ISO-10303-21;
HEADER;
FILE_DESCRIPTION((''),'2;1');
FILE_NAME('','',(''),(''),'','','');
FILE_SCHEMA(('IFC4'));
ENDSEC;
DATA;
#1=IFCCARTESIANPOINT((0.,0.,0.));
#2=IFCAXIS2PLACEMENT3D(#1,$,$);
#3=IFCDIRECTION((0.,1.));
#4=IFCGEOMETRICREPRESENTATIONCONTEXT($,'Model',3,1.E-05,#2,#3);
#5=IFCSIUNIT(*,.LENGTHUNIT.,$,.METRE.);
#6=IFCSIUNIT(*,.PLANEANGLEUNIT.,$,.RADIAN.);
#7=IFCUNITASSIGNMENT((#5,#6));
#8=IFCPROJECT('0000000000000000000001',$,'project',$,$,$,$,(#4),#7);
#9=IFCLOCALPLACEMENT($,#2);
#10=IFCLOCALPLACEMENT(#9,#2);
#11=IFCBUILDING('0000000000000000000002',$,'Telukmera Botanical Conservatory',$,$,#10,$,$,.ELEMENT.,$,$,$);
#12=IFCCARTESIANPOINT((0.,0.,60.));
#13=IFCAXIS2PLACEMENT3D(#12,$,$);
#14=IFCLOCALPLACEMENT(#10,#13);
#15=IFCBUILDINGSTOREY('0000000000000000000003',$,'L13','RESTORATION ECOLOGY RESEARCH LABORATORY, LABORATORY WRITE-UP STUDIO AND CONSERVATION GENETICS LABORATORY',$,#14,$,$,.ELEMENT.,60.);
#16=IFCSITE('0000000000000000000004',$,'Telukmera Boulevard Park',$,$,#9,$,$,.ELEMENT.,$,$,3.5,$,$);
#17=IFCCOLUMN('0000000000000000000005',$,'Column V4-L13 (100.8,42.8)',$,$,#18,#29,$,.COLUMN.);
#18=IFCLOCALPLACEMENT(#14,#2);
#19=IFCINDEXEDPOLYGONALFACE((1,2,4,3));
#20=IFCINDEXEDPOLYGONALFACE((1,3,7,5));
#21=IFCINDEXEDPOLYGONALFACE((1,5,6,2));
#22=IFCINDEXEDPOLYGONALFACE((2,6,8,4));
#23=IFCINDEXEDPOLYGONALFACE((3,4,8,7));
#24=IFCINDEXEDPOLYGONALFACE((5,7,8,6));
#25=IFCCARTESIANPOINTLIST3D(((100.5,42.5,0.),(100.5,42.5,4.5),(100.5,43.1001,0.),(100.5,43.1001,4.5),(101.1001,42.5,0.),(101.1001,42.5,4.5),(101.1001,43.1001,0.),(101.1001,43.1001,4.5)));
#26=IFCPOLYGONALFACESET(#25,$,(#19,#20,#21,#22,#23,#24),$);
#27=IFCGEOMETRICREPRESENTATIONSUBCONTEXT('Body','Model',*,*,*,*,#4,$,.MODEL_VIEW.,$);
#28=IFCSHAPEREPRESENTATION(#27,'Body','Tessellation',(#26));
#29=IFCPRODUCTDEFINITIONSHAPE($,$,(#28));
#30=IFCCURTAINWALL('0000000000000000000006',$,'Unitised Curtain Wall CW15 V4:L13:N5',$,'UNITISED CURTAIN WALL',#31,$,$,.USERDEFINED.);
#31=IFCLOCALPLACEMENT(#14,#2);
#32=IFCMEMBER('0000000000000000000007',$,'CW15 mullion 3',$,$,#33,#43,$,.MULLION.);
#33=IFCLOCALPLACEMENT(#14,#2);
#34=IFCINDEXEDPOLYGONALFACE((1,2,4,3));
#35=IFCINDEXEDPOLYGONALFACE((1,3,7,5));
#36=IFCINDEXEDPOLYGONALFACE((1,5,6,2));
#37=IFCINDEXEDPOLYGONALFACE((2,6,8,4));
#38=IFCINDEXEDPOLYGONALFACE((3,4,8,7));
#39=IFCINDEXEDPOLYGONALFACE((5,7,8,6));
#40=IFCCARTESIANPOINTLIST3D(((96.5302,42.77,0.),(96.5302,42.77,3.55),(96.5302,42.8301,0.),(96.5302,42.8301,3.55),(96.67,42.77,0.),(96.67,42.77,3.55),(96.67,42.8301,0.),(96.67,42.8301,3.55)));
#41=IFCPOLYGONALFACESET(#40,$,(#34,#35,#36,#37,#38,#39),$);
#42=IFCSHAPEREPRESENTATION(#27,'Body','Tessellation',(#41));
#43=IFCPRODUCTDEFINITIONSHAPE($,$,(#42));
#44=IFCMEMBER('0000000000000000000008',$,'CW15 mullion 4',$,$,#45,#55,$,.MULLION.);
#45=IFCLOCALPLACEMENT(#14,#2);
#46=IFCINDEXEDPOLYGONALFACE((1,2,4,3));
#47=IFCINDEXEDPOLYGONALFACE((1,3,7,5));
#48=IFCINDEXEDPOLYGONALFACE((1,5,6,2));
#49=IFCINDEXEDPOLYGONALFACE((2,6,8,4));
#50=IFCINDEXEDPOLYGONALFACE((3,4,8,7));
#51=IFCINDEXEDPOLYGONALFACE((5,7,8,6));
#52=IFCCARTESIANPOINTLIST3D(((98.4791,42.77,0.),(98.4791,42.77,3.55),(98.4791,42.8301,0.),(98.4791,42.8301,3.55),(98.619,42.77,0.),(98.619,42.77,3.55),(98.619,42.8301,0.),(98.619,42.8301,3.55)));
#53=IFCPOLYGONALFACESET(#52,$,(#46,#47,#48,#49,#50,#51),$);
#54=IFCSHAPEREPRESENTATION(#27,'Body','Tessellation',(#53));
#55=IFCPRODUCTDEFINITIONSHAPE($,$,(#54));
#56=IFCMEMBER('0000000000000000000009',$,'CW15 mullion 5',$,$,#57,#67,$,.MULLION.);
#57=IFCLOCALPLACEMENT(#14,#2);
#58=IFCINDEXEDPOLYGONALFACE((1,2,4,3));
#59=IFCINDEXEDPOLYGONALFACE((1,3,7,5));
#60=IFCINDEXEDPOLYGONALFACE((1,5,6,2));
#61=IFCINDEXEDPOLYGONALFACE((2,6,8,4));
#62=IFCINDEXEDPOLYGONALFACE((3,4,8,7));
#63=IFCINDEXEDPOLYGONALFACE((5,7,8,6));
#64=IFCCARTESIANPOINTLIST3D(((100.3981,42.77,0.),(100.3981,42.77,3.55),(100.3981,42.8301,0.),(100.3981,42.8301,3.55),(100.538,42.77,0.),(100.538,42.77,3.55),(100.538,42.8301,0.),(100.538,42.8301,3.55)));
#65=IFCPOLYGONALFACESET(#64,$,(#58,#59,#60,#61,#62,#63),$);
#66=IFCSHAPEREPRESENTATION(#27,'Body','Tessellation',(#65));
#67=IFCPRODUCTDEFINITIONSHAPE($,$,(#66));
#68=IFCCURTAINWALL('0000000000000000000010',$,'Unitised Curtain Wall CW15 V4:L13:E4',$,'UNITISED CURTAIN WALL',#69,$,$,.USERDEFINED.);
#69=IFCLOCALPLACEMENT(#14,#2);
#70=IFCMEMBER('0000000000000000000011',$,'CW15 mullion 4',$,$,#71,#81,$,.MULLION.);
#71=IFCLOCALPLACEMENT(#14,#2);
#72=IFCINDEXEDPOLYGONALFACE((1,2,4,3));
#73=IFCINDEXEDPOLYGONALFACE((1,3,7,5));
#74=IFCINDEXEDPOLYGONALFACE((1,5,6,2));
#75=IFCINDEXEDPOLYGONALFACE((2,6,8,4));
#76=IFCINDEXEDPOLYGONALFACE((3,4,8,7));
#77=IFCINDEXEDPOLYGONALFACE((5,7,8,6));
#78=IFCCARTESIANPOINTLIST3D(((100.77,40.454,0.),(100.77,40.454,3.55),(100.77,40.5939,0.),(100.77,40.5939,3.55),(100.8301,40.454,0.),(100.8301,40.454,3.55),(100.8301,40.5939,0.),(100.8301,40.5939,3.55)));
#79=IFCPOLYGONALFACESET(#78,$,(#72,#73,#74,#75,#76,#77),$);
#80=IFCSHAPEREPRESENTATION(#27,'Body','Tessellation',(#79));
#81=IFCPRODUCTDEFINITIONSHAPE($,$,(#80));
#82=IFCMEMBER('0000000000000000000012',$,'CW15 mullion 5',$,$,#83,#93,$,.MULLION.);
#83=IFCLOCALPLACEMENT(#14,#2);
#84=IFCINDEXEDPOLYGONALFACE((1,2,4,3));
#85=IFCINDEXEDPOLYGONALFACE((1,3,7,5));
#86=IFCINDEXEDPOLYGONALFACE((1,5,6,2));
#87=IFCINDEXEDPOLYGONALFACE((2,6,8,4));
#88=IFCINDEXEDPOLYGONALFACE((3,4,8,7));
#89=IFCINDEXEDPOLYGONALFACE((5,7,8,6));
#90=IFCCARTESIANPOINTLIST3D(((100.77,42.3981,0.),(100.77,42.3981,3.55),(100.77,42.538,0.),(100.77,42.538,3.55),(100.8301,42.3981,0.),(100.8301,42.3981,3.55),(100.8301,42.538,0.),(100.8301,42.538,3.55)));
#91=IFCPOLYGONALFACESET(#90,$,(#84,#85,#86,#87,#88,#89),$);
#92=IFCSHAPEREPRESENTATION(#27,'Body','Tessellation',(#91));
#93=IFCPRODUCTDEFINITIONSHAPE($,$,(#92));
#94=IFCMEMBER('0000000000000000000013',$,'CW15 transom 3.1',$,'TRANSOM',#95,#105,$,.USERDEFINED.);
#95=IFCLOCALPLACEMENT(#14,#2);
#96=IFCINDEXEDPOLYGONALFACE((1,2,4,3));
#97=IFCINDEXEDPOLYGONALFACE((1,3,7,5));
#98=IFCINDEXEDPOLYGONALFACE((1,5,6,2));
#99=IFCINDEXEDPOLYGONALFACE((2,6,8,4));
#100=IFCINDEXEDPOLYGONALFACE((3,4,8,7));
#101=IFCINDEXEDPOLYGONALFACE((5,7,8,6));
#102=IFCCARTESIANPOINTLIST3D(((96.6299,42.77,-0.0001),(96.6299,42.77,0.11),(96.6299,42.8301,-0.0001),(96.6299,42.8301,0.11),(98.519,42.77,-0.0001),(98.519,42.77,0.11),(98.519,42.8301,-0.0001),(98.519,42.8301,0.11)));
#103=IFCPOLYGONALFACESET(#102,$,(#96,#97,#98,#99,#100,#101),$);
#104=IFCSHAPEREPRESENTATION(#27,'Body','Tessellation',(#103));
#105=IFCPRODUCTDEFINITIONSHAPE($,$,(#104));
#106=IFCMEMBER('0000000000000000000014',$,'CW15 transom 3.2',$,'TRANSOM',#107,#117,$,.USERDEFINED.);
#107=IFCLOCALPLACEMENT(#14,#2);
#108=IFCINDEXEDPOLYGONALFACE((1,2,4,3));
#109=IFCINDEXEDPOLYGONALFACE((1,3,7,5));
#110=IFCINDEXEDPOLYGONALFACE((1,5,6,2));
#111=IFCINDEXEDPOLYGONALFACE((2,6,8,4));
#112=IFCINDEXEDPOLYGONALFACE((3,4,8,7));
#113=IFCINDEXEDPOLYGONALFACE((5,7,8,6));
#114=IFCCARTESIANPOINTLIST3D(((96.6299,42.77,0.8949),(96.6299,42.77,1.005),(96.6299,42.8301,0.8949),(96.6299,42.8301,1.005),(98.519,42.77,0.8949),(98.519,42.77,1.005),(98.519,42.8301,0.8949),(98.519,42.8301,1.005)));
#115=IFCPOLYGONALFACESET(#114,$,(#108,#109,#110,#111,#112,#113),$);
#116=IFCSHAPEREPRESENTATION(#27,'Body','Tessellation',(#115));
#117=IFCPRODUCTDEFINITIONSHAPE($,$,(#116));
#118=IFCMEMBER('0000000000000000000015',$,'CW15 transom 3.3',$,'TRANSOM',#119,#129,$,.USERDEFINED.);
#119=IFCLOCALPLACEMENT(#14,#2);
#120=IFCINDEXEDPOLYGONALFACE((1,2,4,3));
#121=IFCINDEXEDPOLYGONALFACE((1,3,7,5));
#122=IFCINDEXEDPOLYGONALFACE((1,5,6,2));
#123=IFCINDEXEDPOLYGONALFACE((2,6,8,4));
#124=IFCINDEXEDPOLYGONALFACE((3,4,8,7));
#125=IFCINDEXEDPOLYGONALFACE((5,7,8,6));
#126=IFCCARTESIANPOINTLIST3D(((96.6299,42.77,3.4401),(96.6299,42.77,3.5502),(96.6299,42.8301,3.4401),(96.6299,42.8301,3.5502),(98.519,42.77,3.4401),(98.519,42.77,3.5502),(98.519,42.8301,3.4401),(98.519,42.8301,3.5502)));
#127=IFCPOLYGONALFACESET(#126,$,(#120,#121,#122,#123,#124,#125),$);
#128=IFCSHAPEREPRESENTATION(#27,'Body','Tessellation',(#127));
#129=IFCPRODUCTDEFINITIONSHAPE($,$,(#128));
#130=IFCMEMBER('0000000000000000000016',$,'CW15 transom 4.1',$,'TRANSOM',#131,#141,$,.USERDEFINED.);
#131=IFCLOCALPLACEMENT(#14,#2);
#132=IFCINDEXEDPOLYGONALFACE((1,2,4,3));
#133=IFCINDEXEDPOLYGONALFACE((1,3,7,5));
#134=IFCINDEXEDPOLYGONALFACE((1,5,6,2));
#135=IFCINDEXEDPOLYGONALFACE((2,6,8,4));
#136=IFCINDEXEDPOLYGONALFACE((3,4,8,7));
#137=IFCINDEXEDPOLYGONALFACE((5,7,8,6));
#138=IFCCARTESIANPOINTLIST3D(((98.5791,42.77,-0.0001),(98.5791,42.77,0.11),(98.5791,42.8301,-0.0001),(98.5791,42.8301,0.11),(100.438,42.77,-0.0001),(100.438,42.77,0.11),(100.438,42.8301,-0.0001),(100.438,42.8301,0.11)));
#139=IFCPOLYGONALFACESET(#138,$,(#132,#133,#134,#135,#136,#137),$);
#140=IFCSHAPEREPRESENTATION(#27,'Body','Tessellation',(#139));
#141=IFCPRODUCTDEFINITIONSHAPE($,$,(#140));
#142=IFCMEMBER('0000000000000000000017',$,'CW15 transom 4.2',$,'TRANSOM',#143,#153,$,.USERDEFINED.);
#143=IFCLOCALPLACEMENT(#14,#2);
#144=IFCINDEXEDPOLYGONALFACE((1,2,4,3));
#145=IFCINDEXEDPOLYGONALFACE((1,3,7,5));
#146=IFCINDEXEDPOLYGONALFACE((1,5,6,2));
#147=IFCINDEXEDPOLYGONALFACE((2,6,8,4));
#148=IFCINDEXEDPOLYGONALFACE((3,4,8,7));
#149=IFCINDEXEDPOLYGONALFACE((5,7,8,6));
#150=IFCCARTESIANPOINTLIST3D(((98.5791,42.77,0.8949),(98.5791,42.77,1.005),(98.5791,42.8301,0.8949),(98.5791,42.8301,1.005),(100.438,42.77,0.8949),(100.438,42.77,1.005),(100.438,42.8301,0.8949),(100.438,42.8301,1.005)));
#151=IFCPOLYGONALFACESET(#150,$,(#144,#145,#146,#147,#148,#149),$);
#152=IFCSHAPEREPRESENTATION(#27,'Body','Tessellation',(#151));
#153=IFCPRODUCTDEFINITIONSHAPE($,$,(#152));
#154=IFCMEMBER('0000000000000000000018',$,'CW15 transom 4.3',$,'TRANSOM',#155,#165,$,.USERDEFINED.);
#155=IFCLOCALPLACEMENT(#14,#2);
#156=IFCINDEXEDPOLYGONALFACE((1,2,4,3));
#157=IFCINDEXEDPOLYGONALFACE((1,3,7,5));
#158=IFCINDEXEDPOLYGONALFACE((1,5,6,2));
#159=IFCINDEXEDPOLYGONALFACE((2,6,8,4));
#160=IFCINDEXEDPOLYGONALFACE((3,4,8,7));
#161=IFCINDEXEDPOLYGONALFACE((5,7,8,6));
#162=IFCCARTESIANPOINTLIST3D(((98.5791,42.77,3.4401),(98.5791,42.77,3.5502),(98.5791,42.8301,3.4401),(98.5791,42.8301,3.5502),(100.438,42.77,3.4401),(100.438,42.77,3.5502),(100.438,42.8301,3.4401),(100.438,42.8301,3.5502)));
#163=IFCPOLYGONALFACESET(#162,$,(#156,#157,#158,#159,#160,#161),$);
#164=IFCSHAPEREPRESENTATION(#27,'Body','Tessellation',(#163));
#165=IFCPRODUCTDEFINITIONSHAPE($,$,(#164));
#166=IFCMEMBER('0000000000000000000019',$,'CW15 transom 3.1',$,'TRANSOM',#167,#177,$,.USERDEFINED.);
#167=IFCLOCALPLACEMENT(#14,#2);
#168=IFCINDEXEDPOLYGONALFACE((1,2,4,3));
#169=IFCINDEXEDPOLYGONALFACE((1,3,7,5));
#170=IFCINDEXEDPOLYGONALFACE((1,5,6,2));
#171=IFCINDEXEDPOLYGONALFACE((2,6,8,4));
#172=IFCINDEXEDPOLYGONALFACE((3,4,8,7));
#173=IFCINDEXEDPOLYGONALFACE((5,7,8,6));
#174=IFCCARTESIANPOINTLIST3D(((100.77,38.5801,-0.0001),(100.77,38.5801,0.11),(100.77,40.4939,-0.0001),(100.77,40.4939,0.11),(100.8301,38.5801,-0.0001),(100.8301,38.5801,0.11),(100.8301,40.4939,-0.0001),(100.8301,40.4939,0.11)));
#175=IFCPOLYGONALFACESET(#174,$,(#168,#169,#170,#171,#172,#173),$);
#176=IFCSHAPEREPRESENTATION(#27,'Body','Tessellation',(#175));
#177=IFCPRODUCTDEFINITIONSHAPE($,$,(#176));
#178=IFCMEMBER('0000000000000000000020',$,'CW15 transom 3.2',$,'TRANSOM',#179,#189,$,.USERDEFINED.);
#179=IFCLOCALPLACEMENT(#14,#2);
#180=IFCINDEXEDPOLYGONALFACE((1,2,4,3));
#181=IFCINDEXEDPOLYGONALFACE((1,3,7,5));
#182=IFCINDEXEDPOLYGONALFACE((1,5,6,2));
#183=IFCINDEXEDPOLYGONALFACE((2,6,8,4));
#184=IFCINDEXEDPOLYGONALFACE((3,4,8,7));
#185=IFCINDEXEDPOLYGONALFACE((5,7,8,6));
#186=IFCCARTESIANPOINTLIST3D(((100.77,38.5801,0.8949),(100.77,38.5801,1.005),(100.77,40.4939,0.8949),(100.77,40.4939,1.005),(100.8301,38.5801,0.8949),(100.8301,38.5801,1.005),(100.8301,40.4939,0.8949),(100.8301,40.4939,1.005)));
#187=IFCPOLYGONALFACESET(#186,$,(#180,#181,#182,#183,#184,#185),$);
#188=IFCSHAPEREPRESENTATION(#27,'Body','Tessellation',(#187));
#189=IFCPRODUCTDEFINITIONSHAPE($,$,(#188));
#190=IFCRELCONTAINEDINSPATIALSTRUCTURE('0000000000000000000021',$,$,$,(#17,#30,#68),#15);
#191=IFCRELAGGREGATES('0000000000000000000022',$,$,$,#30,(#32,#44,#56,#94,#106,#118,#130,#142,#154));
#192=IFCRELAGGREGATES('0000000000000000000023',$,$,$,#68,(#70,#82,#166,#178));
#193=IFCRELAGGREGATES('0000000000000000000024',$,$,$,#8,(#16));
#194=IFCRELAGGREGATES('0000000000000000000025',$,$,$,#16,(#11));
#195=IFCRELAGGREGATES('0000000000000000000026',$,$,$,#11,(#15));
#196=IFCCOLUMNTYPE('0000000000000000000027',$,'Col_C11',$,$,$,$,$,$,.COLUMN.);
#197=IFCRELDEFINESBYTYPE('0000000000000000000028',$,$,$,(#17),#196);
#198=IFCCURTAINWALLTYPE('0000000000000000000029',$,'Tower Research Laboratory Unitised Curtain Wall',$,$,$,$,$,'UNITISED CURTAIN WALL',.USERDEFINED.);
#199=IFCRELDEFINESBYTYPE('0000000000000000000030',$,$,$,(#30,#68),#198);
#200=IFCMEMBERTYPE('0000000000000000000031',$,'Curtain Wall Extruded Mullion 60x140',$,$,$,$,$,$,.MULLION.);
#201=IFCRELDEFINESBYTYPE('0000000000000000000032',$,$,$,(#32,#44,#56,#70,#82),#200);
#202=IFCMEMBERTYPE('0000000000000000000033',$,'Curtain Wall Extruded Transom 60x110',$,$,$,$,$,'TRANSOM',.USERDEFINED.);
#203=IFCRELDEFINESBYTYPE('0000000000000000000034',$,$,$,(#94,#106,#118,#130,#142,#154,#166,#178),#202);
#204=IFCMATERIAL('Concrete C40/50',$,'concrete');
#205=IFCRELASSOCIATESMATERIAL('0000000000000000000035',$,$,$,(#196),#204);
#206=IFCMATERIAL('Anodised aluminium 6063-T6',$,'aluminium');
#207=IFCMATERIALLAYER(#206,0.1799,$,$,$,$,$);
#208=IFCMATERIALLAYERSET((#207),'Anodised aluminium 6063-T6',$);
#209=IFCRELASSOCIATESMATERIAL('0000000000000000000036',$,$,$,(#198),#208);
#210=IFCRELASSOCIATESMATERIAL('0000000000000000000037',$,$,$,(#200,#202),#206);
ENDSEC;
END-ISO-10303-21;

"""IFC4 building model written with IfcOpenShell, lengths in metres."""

from ifc_helpers import new_model, si_unit, direction, frame, origin, origin_2d, place, context, subcontext, project, spatial, rectangle, extrude, material, layer, layer_set, material_profile, profile_set, type_object, element, aggregate, save


model = new_model("IFC4")

# Units and contexts
model_context = context("Model", 3, precision=1e-05, world=origin(), true_north=direction((0.0, 1.0)))
body_context = subcontext(model_context, "Body", "Model", "MODEL_VIEW")
ifc_project = project(units=[si_unit("LENGTHUNIT", "METRE"), si_unit("PLANEANGLEUNIT", "RADIAN")], contexts=[model_context])

# Site, building, storey
site_placement = place(None, origin())
site = spatial("IfcSite", under=ifc_project, at=site_placement, Name="Telukmera Boulevard Park", CompositionType="ELEMENT", RefElevation=3.5)
building_placement = place(site_placement, origin())
building = spatial("IfcBuilding", under=site, at=building_placement, Name="Telukmera Botanical Conservatory", CompositionType="ELEMENT")
storey_placement = place(building_placement, frame((0.0, 0.0, 60.0)))
storey = spatial("IfcBuildingStorey", under=building, at=storey_placement, Name="L13", Description="RESTORATION ECOLOGY RESEARCH LABORATORY, LABORATORY WRITE-UP STUDIO AND CONSERVATION GENETICS LABORATORY", CompositionType="ELEMENT", Elevation=60.0)

# Column
ifc_material_1 = material(Name="Concrete C40/50", Category="concrete")
ifc_material_profile_1 = material_profile(ifc_material_1, rectangle(XDim=0.6001, YDim=0.6001, at=origin_2d()), Name="RC 600x600")
ifc_profile_set_1 = profile_set([ifc_material_profile_1], Name="Concrete C40/50")
column_type = type_object("IfcColumnType", Name="Col_C11", PredefinedType="COLUMN", material=ifc_profile_set_1)
column_placement = place(storey_placement, frame((100.8, 42.8, 0.0), z_axis=(0.0, 0.0, 1.0), x_axis=(1.0, 0.0, 0.0)))
element("IfcColumn", 1, at=column_placement, inside=storey, type_object=column_type, Name="Column V4-L13 (100.8,42.8)", PredefinedType="COLUMN", context=body_context, shape_type="SweptSolid", body=[
    extrude(rectangle(XDim=0.6001, YDim=0.6001, at=origin_2d()), origin(), (0.0, 0.0, 1.0), 4.5),
])

# Curtain walls, members
ifc_material_2 = material(Name="Anodised aluminium 6063-T6", Category="aluminium")
ifc_layer_1 = layer(ifc_material_2, 0.1799)
ifc_layer_set_1 = layer_set([ifc_layer_1], Name="Anodised aluminium 6063-T6")
curtain_wall_type = type_object("IfcCurtainWallType", Name="Tower Research Laboratory Unitised Curtain Wall", ElementType="UNITISED CURTAIN WALL", PredefinedType="USERDEFINED", material=ifc_layer_set_1)
curtain_wall_1_placement = place(storey_placement, origin())
curtain_wall_1 = element("IfcCurtainWall", 2, at=curtain_wall_1_placement, inside=storey, type_object=curtain_wall_type, Name="Unitised Curtain Wall CW15 V4:L13:N5", ObjectType="UNITISED CURTAIN WALL", PredefinedType="USERDEFINED")
ifc_material_profile_2 = material_profile(ifc_material_2, rectangle(XDim=0.0601, YDim=0.1399, at=origin_2d()), Name="ALU MULL 60x140")
ifc_profile_set_2 = profile_set([ifc_material_profile_2], Name="Anodised aluminium 6063-T6")
member_type_1 = type_object("IfcMemberType", Name="Curtain Wall Extruded Mullion 60x140", PredefinedType="MULLION", material=ifc_profile_set_2)
member_1_placement = place(storey_placement, frame((96.6001, 42.8, 0.0), z_axis=(0.0, 0.0, 1.0), x_axis=(0.0, 1.0, 0.0)))
member_1 = element("IfcMember", 3, at=member_1_placement, type_object=member_type_1, Name="CW15 mullion 3", PredefinedType="MULLION", context=body_context, shape_type="SweptSolid", body=[
    extrude(rectangle(XDim=0.0601, YDim=0.1399, at=origin_2d()), origin(), (0.0, 0.0, 1.0), 3.55),
])
member_2_placement = place(storey_placement, frame((98.5491, 42.8, 0.0), z_axis=(0.0, 0.0, 1.0), x_axis=(0.0, 1.0, 0.0)))
member_2 = element("IfcMember", 4, at=member_2_placement, type_object=member_type_1, Name="CW15 mullion 4", PredefinedType="MULLION", context=body_context, shape_type="SweptSolid", body=[
    extrude(rectangle(XDim=0.0601, YDim=0.1399, at=origin_2d()), origin(), (0.0, 0.0, 1.0), 3.55),
])
member_3_placement = place(storey_placement, frame((100.468, 42.8, 0.0), z_axis=(0.0, 0.0, 1.0), x_axis=(0.0, 1.0, 0.0)))
member_3 = element("IfcMember", 5, at=member_3_placement, type_object=member_type_1, Name="CW15 mullion 5", PredefinedType="MULLION", context=body_context, shape_type="SweptSolid", body=[
    extrude(rectangle(XDim=0.0601, YDim=0.1399, at=origin_2d()), origin(), (0.0, 0.0, 1.0), 3.55),
])
curtain_wall_2_placement = place(storey_placement, origin())
curtain_wall_2 = element("IfcCurtainWall", 6, at=curtain_wall_2_placement, inside=storey, type_object=curtain_wall_type, Name="Unitised Curtain Wall CW15 V4:L13:E4", ObjectType="UNITISED CURTAIN WALL", PredefinedType="USERDEFINED")
member_4_placement = place(storey_placement, frame((100.8, 40.5239, 0.0), z_axis=(0.0, 0.0, 1.0), x_axis=(-1.0, 0.0, 0.0)))
member_4 = element("IfcMember", 7, at=member_4_placement, type_object=member_type_1, Name="CW15 mullion 4", PredefinedType="MULLION", context=body_context, shape_type="SweptSolid", body=[
    extrude(rectangle(XDim=0.0601, YDim=0.1399, at=origin_2d()), origin(), (0.0, 0.0, 1.0), 3.55),
])
member_5_placement = place(storey_placement, frame((100.8, 42.468, 0.0), z_axis=(0.0, 0.0, 1.0), x_axis=(-1.0, 0.0, 0.0)))
member_5 = element("IfcMember", 8, at=member_5_placement, type_object=member_type_1, Name="CW15 mullion 5", PredefinedType="MULLION", context=body_context, shape_type="SweptSolid", body=[
    extrude(rectangle(XDim=0.0601, YDim=0.1399, at=origin_2d()), origin(), (0.0, 0.0, 1.0), 3.55),
])

# Members
ifc_material_profile_3 = material_profile(ifc_material_2, rectangle(XDim=0.0601, YDim=0.1101, at=origin_2d()), Name="ALU TRAN 60x110")
ifc_profile_set_3 = profile_set([ifc_material_profile_3], Name="Anodised aluminium 6063-T6")
member_type_2 = type_object("IfcMemberType", Name="Curtain Wall Extruded Transom 60x110", ElementType="TRANSOM", PredefinedType="USERDEFINED", material=ifc_profile_set_3)
member_6_placement = place(storey_placement, frame((96.6299, 42.8, 0.0549), z_axis=(1.0, 0.0, 0.0), x_axis=(0.0, 1.0, 0.0)))
member_6 = element("IfcMember", 9, at=member_6_placement, type_object=member_type_2, Name="CW15 transom 3.1", ObjectType="TRANSOM", PredefinedType="USERDEFINED", context=body_context, shape_type="SweptSolid", body=[
    extrude(rectangle(XDim=0.0601, YDim=0.1101, at=origin_2d()), origin(), (0.0, 0.0, 1.0), 1.8892),
])
member_7_placement = place(storey_placement, frame((96.6299, 42.8, 0.95), z_axis=(1.0, 0.0, 0.0), x_axis=(0.0, 1.0, 0.0)))
member_7 = element("IfcMember", 10, at=member_7_placement, type_object=member_type_2, Name="CW15 transom 3.2", ObjectType="TRANSOM", PredefinedType="USERDEFINED", context=body_context, shape_type="SweptSolid", body=[
    extrude(rectangle(XDim=0.0601, YDim=0.1101, at=origin_2d()), origin(), (0.0, 0.0, 1.0), 1.8892),
])
member_8_placement = place(storey_placement, frame((96.6299, 42.8, 3.4951), z_axis=(1.0, 0.0, 0.0), x_axis=(0.0, 1.0, 0.0)))
member_8 = element("IfcMember", 11, at=member_8_placement, type_object=member_type_2, Name="CW15 transom 3.3", ObjectType="TRANSOM", PredefinedType="USERDEFINED", context=body_context, shape_type="SweptSolid", body=[
    extrude(rectangle(XDim=0.0601, YDim=0.1101, at=origin_2d()), origin(), (0.0, 0.0, 1.0), 1.8892),
])
member_9_placement = place(storey_placement, frame((98.5791, 42.8, 0.0549), z_axis=(1.0, 0.0, 0.0), x_axis=(0.0, 1.0, 0.0)))
member_9 = element("IfcMember", 12, at=member_9_placement, type_object=member_type_2, Name="CW15 transom 4.1", ObjectType="TRANSOM", PredefinedType="USERDEFINED", context=body_context, shape_type="SweptSolid", body=[
    extrude(rectangle(XDim=0.0601, YDim=0.1101, at=origin_2d()), origin(), (0.0, 0.0, 1.0), 1.8589),
])
member_10_placement = place(storey_placement, frame((98.5791, 42.8, 0.95), z_axis=(1.0, 0.0, 0.0), x_axis=(0.0, 1.0, 0.0)))
member_10 = element("IfcMember", 13, at=member_10_placement, type_object=member_type_2, Name="CW15 transom 4.2", ObjectType="TRANSOM", PredefinedType="USERDEFINED", context=body_context, shape_type="SweptSolid", body=[
    extrude(rectangle(XDim=0.0601, YDim=0.1101, at=origin_2d()), origin(), (0.0, 0.0, 1.0), 1.8589),
])
member_11_placement = place(storey_placement, frame((98.5791, 42.8, 3.4951), z_axis=(1.0, 0.0, 0.0), x_axis=(0.0, 1.0, 0.0)))
member_11 = element("IfcMember", 14, at=member_11_placement, type_object=member_type_2, Name="CW15 transom 4.3", ObjectType="TRANSOM", PredefinedType="USERDEFINED", context=body_context, shape_type="SweptSolid", body=[
    extrude(rectangle(XDim=0.0601, YDim=0.1101, at=origin_2d()), origin(), (0.0, 0.0, 1.0), 1.8589),
])
member_12_placement = place(storey_placement, frame((100.8, 38.5801, 0.0549), z_axis=(0.0, 1.0, 0.0), x_axis=(-1.0, 0.0, 0.0)))
member_12 = element("IfcMember", 15, at=member_12_placement, type_object=member_type_2, Name="CW15 transom 3.1", ObjectType="TRANSOM", PredefinedType="USERDEFINED", context=body_context, shape_type="SweptSolid", body=[
    extrude(rectangle(XDim=0.0601, YDim=0.1101, at=origin_2d()), origin(), (0.0, 0.0, 1.0), 1.9138),
])
member_13_placement = place(storey_placement, frame((100.8, 38.5801, 0.95), z_axis=(0.0, 1.0, 0.0), x_axis=(-1.0, 0.0, 0.0)))
member_13 = element("IfcMember", 16, at=member_13_placement, type_object=member_type_2, Name="CW15 transom 3.2", ObjectType="TRANSOM", PredefinedType="USERDEFINED", context=body_context, shape_type="SweptSolid", body=[
    extrude(rectangle(XDim=0.0601, YDim=0.1101, at=origin_2d()), origin(), (0.0, 0.0, 1.0), 1.9138),
])

aggregate(curtain_wall_1, [member_1, member_2, member_3, member_6, member_7, member_8, member_9, member_10, member_11])
aggregate(curtain_wall_2, [member_4, member_5, member_12, member_13])

save(model, "model.ifc")
